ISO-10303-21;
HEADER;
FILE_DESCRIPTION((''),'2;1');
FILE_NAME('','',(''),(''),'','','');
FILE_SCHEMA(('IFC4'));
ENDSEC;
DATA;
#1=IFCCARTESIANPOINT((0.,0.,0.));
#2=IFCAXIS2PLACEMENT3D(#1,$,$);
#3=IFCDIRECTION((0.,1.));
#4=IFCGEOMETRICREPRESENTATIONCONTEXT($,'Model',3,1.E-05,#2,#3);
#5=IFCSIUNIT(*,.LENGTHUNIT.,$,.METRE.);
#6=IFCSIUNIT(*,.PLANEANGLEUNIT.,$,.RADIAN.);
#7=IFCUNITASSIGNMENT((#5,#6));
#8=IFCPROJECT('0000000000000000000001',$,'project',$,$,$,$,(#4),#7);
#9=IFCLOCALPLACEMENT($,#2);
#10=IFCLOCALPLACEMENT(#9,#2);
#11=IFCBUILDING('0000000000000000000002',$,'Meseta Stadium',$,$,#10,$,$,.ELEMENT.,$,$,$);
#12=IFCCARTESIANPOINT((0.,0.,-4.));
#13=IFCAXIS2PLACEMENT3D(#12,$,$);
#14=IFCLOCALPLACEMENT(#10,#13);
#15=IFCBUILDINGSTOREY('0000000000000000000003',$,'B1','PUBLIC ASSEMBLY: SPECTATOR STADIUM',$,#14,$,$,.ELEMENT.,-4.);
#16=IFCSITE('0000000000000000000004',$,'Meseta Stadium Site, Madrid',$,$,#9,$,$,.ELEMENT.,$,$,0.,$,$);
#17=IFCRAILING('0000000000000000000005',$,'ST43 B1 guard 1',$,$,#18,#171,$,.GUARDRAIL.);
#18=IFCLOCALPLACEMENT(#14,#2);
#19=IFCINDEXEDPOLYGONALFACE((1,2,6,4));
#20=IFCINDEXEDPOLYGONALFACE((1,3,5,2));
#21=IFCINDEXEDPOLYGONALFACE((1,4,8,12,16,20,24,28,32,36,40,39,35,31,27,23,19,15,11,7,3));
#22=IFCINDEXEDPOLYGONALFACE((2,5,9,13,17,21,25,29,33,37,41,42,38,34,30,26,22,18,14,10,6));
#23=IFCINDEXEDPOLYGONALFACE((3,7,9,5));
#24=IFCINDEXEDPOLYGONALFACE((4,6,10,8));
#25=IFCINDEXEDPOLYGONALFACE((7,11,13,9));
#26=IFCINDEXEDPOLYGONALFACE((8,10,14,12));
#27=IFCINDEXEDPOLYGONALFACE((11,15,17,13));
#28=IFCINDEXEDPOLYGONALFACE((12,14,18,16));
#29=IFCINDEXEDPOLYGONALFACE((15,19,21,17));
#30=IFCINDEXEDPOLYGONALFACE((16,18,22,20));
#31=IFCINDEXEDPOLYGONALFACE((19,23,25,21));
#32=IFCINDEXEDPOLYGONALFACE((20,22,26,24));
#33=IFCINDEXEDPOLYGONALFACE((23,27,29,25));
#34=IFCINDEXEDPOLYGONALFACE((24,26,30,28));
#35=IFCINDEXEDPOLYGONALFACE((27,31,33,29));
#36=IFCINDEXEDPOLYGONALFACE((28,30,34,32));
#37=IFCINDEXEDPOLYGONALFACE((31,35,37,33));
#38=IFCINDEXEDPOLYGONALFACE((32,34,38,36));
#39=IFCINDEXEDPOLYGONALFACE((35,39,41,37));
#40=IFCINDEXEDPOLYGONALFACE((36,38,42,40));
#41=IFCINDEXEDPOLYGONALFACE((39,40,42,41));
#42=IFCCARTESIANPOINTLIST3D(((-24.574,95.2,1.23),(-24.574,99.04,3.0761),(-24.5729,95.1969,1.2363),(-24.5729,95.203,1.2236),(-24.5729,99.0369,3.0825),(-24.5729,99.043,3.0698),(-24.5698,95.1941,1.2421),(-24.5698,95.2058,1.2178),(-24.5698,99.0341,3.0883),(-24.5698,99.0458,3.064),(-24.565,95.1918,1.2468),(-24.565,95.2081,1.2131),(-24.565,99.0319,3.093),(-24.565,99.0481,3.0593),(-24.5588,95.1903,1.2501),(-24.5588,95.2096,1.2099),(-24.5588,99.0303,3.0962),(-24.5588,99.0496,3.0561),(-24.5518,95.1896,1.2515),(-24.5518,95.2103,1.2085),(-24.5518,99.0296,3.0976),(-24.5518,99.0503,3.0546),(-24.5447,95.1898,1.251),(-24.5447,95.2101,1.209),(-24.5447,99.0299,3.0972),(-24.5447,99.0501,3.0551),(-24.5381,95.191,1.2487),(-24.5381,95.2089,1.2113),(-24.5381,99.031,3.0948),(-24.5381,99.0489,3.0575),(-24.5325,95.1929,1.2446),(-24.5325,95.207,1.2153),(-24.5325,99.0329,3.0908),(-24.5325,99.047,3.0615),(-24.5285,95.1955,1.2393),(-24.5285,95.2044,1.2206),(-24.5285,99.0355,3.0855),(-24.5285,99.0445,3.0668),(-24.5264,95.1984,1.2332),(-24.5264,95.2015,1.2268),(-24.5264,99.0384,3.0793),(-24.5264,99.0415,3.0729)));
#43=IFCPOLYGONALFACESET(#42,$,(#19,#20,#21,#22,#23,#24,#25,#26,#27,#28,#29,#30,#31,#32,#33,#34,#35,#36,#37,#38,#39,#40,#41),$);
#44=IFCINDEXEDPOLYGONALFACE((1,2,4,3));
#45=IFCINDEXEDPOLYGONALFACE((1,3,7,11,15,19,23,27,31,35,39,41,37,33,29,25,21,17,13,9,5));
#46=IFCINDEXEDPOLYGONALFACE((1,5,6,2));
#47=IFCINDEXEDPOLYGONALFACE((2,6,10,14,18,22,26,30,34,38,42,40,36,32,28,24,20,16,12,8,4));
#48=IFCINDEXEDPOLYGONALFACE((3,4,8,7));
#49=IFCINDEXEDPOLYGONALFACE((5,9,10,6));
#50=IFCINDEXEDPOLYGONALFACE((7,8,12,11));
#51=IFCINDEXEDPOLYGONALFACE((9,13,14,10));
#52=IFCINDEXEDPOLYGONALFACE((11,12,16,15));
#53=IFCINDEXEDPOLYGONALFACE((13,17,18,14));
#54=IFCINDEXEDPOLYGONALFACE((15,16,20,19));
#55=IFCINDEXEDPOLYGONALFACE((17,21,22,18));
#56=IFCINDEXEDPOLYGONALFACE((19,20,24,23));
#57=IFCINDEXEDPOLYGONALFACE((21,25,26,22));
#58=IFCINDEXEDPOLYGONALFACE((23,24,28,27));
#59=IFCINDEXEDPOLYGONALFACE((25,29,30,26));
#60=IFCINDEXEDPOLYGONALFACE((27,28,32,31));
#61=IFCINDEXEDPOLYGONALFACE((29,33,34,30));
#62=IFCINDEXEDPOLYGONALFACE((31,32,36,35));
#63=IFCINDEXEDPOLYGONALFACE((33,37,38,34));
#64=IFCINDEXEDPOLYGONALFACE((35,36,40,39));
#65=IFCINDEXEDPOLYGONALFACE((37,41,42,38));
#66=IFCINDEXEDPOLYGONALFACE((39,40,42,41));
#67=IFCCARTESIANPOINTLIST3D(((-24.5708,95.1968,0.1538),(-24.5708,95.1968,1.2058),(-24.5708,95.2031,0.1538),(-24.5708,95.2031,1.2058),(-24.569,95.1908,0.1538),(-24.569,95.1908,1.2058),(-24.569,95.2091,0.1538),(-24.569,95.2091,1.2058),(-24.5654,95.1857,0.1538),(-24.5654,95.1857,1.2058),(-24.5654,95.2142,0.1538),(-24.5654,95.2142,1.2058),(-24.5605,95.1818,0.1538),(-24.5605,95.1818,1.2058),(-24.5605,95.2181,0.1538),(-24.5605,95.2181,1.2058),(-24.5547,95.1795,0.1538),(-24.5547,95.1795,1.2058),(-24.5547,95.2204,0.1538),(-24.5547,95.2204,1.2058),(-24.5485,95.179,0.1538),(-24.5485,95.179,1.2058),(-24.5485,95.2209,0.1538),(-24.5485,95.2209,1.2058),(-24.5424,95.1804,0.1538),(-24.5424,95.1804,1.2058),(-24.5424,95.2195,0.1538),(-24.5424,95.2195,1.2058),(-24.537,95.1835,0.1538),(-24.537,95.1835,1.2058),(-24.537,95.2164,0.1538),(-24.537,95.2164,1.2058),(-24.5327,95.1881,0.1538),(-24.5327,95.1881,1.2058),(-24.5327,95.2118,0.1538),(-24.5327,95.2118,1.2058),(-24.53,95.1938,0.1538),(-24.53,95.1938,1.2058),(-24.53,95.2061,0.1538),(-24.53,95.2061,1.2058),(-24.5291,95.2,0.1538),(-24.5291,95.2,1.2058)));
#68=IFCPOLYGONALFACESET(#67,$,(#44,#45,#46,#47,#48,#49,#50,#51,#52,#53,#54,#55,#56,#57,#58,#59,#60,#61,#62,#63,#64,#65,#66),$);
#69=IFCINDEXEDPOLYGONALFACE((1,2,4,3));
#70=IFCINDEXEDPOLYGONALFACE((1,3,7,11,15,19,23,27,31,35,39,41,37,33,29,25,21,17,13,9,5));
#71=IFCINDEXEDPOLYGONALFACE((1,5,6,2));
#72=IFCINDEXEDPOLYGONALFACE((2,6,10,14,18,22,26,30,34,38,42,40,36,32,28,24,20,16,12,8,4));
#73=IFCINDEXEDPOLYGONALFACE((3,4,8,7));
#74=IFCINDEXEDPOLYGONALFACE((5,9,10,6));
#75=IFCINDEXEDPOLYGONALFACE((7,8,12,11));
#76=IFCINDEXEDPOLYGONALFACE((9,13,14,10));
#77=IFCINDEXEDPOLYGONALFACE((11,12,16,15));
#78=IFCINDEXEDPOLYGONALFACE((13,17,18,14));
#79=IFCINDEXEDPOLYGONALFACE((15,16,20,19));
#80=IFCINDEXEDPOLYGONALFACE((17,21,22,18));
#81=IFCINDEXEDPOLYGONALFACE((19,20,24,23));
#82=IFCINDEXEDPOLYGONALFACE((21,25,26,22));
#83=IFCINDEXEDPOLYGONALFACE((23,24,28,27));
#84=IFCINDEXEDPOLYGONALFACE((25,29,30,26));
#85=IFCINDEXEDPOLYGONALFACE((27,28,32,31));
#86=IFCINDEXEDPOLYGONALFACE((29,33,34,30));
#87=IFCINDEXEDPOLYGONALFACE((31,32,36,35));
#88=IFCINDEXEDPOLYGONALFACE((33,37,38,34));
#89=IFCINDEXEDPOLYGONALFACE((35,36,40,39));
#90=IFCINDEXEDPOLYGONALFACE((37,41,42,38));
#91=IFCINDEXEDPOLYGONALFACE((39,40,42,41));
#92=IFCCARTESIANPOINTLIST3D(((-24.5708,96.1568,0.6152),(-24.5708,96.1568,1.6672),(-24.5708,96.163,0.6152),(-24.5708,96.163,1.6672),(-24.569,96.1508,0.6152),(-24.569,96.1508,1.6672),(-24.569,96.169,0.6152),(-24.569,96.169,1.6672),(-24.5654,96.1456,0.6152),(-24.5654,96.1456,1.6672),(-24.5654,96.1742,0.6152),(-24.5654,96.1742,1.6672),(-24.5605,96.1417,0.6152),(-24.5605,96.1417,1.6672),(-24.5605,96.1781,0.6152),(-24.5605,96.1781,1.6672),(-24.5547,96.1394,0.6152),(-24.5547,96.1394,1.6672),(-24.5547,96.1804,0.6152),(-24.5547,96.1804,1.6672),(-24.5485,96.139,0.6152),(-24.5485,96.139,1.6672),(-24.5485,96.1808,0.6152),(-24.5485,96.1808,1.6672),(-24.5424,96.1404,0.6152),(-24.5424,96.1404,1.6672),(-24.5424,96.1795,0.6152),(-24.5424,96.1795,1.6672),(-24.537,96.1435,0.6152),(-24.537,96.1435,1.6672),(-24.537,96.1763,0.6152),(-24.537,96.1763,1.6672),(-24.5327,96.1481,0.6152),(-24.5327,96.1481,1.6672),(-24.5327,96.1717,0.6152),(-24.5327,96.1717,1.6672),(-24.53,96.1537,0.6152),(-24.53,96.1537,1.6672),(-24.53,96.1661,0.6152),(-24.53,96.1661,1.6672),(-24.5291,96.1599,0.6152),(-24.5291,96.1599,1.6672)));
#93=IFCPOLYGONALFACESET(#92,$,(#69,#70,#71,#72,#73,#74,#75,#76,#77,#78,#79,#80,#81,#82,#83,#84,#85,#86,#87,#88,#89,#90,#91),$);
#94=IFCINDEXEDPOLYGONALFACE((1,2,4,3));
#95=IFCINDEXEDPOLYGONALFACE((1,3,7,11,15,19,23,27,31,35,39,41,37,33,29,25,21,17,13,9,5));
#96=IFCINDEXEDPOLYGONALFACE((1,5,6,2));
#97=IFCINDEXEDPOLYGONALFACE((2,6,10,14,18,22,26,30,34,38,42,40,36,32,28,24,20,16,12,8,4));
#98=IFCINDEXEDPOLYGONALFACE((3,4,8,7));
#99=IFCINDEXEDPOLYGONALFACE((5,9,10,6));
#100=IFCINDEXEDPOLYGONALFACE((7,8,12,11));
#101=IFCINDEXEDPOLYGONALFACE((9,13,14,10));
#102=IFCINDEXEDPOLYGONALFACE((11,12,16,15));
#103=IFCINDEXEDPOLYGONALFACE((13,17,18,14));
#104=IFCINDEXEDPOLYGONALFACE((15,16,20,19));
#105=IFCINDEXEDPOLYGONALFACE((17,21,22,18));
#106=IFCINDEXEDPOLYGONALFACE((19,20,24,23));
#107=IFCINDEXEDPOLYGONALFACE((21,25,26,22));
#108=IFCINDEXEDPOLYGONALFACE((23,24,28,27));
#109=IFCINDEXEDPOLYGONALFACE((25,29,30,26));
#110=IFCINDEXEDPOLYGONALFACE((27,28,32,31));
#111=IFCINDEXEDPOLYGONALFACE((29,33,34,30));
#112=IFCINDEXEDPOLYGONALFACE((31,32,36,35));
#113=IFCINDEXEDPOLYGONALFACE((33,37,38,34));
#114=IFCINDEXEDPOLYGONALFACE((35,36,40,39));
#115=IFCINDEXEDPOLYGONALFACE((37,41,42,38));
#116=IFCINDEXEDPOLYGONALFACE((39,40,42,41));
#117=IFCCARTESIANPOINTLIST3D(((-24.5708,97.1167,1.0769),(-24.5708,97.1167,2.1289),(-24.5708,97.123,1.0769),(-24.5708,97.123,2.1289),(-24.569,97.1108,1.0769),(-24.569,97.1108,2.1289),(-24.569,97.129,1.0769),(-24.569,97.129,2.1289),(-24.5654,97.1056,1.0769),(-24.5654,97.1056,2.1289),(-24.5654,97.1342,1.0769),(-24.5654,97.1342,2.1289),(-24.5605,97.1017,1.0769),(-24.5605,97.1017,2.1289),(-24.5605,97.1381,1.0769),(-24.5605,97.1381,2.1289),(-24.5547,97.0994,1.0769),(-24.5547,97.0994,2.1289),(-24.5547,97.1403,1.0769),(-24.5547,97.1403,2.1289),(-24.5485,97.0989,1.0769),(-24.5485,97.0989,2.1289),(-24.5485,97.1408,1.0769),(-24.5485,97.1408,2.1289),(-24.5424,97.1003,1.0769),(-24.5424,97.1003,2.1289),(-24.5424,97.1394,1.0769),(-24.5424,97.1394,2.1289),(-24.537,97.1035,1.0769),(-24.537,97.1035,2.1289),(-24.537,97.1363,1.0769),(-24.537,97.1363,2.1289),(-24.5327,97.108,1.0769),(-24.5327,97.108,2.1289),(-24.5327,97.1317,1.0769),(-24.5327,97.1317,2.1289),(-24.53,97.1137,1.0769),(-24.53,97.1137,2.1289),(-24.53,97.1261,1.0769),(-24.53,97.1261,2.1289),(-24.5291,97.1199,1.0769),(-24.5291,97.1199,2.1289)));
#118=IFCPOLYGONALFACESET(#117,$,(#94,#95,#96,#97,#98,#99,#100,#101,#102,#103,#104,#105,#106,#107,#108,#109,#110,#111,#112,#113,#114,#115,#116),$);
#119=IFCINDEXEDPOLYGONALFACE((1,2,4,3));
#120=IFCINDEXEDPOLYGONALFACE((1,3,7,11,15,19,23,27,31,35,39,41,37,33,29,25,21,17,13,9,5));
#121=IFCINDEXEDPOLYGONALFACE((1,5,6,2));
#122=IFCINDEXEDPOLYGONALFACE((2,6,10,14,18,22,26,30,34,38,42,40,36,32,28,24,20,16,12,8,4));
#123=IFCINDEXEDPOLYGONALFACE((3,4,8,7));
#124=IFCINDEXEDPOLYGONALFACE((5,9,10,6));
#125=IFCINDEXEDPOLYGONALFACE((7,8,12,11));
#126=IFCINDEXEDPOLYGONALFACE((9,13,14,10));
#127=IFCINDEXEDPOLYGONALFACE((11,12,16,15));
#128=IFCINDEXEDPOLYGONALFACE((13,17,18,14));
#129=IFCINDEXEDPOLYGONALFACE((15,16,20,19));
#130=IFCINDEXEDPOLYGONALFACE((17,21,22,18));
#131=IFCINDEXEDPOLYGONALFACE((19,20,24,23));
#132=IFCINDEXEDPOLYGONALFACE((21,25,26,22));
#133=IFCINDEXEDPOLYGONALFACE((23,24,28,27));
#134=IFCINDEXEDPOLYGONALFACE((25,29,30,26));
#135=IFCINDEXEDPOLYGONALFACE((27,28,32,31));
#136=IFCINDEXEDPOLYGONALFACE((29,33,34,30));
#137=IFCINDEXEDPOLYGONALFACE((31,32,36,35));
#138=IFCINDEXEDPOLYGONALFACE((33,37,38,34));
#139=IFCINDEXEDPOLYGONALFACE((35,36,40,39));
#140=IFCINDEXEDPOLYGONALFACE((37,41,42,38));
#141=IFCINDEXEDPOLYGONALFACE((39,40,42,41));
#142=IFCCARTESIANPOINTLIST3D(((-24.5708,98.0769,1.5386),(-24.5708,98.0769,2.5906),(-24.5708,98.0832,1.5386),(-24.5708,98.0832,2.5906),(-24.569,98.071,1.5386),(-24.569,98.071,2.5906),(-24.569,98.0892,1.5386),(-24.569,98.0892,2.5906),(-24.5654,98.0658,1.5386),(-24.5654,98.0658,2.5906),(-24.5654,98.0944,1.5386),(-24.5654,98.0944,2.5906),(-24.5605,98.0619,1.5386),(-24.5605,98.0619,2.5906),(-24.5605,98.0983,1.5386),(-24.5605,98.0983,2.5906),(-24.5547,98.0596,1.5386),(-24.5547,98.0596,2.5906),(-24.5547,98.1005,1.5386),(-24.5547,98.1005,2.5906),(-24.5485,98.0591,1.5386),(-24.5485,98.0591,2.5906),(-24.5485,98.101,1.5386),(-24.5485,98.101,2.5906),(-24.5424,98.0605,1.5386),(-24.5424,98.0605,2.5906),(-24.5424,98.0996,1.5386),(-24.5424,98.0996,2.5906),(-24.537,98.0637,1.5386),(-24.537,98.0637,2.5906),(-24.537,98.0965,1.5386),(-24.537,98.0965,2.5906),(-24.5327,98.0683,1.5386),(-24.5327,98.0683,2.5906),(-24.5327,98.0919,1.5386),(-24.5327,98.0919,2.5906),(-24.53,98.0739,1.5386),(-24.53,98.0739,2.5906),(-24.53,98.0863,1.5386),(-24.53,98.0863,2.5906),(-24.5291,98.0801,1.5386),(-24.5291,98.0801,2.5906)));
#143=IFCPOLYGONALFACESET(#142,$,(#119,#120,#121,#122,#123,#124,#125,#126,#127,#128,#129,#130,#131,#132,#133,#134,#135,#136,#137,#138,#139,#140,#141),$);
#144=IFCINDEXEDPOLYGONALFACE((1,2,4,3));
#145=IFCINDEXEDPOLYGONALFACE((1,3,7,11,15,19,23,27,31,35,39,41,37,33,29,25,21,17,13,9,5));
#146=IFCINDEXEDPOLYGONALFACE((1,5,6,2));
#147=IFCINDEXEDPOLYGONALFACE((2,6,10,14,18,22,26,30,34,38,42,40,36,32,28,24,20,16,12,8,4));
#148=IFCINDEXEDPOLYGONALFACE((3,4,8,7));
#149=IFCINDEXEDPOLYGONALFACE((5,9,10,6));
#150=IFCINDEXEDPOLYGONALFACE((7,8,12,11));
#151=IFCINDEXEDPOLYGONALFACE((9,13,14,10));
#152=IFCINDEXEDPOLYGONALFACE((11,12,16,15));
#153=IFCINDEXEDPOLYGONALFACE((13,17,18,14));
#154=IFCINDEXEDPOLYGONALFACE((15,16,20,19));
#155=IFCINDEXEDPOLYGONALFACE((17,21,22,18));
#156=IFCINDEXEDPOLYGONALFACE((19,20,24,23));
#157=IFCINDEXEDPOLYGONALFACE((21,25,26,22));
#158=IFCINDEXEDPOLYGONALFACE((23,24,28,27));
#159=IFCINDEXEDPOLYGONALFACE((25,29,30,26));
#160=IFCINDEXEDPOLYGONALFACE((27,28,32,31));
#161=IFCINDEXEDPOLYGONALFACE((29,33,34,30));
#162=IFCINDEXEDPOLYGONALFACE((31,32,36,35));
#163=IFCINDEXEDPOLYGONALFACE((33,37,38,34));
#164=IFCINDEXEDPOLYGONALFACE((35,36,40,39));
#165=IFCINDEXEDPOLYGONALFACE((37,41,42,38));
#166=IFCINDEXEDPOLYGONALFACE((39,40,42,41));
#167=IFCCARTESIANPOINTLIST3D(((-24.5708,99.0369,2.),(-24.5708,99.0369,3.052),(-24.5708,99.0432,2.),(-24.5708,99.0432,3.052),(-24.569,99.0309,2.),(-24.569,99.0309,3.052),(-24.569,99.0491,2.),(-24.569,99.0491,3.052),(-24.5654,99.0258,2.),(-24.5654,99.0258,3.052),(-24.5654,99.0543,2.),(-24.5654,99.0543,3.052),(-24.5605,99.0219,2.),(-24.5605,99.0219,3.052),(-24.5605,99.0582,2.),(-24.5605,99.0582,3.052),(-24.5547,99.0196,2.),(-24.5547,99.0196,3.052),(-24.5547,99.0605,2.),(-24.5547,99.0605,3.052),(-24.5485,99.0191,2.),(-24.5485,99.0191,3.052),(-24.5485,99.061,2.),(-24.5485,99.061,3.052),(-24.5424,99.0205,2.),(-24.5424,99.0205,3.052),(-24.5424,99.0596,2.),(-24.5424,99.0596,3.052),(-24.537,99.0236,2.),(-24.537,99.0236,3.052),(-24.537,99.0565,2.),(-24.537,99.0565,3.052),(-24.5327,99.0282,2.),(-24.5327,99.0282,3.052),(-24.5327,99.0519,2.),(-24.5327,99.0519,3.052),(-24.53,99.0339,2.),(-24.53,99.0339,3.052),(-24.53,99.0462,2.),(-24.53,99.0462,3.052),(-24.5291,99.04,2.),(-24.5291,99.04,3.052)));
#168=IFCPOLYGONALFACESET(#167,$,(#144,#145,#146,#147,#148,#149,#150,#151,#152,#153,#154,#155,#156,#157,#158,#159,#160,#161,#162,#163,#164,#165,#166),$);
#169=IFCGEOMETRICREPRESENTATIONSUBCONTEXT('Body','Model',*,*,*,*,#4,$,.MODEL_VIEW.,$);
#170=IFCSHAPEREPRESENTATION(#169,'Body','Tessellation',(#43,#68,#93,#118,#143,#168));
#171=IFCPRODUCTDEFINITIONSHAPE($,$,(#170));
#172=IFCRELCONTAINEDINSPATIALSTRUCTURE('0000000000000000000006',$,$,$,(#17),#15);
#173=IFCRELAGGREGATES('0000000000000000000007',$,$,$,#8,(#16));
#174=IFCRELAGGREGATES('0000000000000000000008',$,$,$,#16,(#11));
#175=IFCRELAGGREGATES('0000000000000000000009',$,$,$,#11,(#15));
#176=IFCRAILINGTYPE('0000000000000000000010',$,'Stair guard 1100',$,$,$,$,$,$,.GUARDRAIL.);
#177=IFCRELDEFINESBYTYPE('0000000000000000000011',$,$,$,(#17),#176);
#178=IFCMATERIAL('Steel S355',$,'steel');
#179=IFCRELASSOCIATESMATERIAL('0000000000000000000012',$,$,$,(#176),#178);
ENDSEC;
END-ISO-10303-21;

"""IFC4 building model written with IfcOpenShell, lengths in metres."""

from ifc_helpers import new_model, si_unit, direction, frame, origin, origin_2d, place, context, subcontext, project, spatial, circle, extrude, material, type_object, element, save


model = new_model("IFC4")

# Units and contexts
model_context = context("Model", 3, precision=1e-05, world=origin(), true_north=direction((0.0, 1.0)))
body_context = subcontext(model_context, "Body", "Model", "MODEL_VIEW")
ifc_project = project(units=[si_unit("LENGTHUNIT", "METRE"), si_unit("PLANEANGLEUNIT", "RADIAN")], contexts=[model_context])

# Site, building, storey
site_placement = place(None, origin())
site = spatial("IfcSite", under=ifc_project, at=site_placement, Name="Meseta Stadium Site, Madrid", CompositionType="ELEMENT", RefElevation=0.0)
building_placement = place(site_placement, origin())
building = spatial("IfcBuilding", under=site, at=building_placement, Name="Meseta Stadium", CompositionType="ELEMENT")
storey_placement = place(building_placement, frame((0.0, 0.0, -4.0)))
storey = spatial("IfcBuildingStorey", under=building, at=storey_placement, Name="B1", Description="PUBLIC ASSEMBLY: SPECTATOR STADIUM", CompositionType="ELEMENT", Elevation=-4.0)

# Railing
ifc_material_1 = material(Name="Steel S355", Category="steel")
railing_type_1 = type_object("IfcRailingType", Name="Stair guard 1100", PredefinedType="GUARDRAIL", material=ifc_material_1)
railing_1_placement = place(storey_placement, frame((-24.55, 95.2, 0.1538)))
element("IfcRailing", 1, at=railing_1_placement, inside=storey, type_object=railing_type_1, Name="ST43 B1 guard 1", PredefinedType="GUARDRAIL", context=body_context, shape_type="SweptSolid", body=[
    extrude(circle(Radius=0.0239, at=origin_2d()), frame((0.0, 0.0, 1.0762), z_axis=(0.0, 0.901253, 0.433294), x_axis=(-1.0, 0.0, 0.0)), (0.0, 0.0, 1.0), 4.2607),
    extrude(circle(Radius=0.021, at=origin_2d()), origin(), (0.0, 0.0, 1.0), 1.052),
    extrude(circle(Radius=0.021, at=origin_2d()), frame((0.0, 0.96, 0.4614)), (0.0, 0.0, 1.0), 1.052),
    extrude(circle(Radius=0.021, at=origin_2d()), frame((0.0, 1.9199, 0.9231)), (0.0, 0.0, 1.0), 1.052),
    extrude(circle(Radius=0.021, at=origin_2d()), frame((0.0, 2.8801, 1.3848)), (0.0, 0.0, 1.0), 1.052),
    extrude(circle(Radius=0.021, at=origin_2d()), frame((0.0, 3.8401, 1.8462)), (0.0, 0.0, 1.0), 1.052),
])

save(model, "model.ifc")
